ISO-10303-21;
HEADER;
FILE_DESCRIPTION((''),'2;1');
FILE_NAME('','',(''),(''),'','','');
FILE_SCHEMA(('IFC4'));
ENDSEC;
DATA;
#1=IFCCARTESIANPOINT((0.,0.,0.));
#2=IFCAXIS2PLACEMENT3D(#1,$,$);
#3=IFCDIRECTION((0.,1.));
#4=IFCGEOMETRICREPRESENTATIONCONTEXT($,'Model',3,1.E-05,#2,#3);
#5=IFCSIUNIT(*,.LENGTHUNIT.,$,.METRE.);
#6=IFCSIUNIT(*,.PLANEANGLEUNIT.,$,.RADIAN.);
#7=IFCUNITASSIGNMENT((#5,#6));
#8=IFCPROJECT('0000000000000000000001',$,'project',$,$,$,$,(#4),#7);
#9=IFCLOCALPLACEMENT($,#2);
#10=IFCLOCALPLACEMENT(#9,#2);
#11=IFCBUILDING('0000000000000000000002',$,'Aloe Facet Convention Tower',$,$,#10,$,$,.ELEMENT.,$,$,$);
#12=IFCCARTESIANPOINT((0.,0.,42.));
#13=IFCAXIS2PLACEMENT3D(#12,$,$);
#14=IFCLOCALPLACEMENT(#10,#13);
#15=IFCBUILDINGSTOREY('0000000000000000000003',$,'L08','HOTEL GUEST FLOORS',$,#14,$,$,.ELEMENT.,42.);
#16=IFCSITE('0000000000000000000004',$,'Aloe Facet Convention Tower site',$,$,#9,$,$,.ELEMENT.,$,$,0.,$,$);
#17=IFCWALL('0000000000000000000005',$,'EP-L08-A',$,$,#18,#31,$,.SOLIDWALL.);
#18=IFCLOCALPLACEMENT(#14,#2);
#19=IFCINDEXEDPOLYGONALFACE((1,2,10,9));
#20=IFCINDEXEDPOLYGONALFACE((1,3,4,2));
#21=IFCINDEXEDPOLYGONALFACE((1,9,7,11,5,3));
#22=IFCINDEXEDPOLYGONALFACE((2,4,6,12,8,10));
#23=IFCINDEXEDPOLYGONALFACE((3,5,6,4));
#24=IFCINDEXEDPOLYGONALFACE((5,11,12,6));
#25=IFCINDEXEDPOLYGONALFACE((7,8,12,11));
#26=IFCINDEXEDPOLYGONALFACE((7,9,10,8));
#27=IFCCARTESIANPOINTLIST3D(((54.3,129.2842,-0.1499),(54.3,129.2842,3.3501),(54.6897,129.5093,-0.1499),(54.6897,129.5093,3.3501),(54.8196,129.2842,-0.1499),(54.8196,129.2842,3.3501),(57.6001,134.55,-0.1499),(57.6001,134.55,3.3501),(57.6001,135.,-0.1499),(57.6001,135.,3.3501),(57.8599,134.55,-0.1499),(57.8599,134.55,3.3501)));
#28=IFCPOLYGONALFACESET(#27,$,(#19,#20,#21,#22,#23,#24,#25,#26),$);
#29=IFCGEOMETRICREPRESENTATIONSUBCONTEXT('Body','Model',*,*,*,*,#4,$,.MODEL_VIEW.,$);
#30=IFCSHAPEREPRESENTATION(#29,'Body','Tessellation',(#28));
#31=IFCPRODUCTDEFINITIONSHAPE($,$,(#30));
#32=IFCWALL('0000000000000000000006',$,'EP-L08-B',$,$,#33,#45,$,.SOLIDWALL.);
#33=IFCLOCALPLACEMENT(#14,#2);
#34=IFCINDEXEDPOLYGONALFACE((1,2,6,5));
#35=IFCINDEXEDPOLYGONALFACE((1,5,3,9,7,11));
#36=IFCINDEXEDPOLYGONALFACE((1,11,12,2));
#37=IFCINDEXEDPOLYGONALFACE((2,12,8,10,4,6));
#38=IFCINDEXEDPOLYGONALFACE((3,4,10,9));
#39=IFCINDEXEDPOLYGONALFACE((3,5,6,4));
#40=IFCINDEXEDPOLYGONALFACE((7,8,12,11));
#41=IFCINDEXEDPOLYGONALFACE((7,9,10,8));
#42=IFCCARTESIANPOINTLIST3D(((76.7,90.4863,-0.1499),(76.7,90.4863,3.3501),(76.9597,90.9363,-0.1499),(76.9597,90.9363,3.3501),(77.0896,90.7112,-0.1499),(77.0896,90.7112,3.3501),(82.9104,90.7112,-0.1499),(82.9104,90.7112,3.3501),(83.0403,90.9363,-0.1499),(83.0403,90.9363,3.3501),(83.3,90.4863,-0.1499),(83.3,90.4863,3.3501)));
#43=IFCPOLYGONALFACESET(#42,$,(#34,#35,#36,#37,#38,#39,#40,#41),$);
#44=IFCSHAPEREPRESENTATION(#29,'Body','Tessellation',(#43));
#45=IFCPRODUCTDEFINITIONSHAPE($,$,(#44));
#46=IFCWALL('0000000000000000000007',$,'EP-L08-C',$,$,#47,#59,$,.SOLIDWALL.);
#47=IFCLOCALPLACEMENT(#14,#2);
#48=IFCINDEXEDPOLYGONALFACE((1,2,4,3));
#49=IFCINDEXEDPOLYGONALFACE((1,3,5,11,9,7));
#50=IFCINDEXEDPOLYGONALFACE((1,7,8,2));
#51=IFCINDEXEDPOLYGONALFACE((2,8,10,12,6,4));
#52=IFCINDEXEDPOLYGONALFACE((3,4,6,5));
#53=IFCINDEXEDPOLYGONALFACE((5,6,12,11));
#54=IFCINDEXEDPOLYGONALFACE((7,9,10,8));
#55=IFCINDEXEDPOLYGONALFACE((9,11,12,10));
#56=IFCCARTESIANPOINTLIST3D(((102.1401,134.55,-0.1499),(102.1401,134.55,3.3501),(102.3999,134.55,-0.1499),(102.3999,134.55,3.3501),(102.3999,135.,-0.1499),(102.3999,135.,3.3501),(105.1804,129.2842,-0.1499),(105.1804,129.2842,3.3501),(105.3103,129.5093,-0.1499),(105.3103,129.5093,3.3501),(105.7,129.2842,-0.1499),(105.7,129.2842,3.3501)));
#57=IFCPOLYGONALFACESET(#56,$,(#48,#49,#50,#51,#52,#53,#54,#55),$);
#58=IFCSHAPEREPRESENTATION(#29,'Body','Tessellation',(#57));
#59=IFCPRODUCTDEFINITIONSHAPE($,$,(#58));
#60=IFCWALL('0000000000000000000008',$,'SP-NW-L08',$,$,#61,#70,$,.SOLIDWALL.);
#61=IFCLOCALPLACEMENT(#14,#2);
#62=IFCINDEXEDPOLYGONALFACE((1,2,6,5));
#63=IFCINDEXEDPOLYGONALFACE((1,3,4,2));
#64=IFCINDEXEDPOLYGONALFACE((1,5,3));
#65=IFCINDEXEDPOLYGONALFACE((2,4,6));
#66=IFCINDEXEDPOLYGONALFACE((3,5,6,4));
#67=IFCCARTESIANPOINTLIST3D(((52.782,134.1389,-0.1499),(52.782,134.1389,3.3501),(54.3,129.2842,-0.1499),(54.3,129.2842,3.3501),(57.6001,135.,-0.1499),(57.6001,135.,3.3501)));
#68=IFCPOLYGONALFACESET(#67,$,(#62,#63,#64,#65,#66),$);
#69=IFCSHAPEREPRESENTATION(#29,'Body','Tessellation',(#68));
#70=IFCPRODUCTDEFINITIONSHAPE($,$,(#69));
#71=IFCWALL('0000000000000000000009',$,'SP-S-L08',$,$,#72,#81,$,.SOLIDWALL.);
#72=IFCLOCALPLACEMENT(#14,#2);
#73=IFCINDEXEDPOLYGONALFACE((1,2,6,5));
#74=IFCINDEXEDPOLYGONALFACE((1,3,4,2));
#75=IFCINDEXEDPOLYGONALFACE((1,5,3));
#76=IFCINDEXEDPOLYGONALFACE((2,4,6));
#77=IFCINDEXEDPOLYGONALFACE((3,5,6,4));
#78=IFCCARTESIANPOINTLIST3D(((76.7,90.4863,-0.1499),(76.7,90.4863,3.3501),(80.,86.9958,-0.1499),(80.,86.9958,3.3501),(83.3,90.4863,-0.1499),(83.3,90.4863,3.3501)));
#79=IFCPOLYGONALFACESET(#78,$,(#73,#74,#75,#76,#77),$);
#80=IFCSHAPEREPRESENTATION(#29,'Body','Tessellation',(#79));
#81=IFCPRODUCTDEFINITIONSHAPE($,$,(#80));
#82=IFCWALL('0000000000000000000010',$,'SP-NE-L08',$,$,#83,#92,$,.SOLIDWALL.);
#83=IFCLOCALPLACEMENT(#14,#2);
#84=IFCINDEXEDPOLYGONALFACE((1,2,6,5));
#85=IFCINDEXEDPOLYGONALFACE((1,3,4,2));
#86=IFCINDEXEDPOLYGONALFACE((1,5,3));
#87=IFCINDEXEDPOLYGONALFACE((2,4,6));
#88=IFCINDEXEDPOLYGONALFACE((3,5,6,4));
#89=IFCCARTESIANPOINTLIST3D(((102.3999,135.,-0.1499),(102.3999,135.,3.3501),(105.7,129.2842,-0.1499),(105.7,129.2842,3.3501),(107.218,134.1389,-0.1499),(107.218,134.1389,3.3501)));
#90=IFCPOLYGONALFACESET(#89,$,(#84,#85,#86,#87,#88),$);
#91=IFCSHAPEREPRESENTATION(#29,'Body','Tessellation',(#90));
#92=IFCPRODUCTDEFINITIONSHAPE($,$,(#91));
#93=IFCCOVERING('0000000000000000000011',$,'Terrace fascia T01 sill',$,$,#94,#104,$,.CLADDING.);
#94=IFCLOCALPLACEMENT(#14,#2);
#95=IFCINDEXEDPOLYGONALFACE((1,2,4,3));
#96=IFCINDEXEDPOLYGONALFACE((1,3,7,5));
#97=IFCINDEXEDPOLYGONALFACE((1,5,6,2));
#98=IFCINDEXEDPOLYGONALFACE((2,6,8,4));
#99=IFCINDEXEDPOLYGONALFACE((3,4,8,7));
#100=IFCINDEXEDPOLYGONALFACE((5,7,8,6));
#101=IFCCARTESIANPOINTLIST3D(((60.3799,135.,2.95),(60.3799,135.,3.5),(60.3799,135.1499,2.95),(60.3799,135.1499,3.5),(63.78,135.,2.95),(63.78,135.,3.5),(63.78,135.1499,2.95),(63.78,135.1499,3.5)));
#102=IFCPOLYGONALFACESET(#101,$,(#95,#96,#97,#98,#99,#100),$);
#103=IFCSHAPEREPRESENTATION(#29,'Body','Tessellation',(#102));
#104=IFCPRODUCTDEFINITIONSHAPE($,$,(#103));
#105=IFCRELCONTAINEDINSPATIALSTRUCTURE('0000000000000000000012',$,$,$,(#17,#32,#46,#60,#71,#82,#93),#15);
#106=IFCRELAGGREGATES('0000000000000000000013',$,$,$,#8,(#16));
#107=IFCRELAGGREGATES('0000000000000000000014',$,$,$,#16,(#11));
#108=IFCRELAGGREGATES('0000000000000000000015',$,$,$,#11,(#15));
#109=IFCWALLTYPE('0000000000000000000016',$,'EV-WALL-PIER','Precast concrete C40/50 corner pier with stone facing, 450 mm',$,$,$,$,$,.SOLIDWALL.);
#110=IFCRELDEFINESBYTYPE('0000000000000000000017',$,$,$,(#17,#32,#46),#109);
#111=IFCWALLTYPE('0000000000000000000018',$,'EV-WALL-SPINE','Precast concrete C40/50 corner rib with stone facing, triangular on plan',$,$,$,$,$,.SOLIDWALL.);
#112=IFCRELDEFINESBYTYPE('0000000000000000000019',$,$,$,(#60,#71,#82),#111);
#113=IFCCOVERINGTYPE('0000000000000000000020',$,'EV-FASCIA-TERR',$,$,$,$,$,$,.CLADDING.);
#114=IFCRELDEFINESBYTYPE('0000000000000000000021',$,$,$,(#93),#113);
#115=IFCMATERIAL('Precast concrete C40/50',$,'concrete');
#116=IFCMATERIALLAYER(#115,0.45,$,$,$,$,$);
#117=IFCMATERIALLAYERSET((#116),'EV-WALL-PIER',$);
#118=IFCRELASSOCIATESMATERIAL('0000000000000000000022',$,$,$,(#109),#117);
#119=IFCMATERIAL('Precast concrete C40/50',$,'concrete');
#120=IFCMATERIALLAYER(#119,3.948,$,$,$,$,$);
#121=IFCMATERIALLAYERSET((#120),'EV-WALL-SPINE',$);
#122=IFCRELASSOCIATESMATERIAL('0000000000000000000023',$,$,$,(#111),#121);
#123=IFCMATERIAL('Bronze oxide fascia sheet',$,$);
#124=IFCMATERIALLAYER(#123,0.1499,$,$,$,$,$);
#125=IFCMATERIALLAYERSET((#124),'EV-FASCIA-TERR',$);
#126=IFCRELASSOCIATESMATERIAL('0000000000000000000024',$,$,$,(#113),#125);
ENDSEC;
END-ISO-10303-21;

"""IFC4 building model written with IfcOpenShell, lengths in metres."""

from ifc_helpers import new_model, si_unit, direction, frame, origin, place, context, subcontext, project, spatial, polyline, outline, extrude, material, layer, layer_set, type_object, element, save


model = new_model("IFC4")

# Units and contexts
model_context = context("Model", 3, precision=1e-05, world=origin(), true_north=direction((0.0, 1.0)))
body_context = subcontext(model_context, "Body", "Model", "MODEL_VIEW")
ifc_project = project(units=[si_unit("LENGTHUNIT", "METRE"), si_unit("PLANEANGLEUNIT", "RADIAN")], contexts=[model_context])

# Site, building, storey
site_placement = place(None, origin())
site = spatial("IfcSite", under=ifc_project, at=site_placement, Name="Aloe Facet Convention Tower site", CompositionType="ELEMENT", RefElevation=0.0)
building_placement = place(site_placement, origin())
building = spatial("IfcBuilding", under=site, at=building_placement, Name="Aloe Facet Convention Tower", CompositionType="ELEMENT")
storey_placement = place(building_placement, frame((0.0, 0.0, 42.0)))
storey = spatial("IfcBuildingStorey", under=building, at=storey_placement, Name="L08", Description="HOTEL GUEST FLOORS", CompositionType="ELEMENT", Elevation=42.0)

# Walls
ifc_material_1 = material(Name="Precast concrete C40/50", Category="concrete")
ifc_layer_1 = layer(ifc_material_1, 0.45)
ifc_layer_set_1 = layer_set([ifc_layer_1], Name="EV-WALL-PIER")
wall_type_1 = type_object("IfcWallType", Name="EV-WALL-PIER", Description="Precast concrete C40/50 corner pier with stone facing, 450 mm", PredefinedType="SOLIDWALL", material=ifc_layer_set_1)
wall_1_placement = place(storey_placement, frame((0.0, 0.0, -0.1499)))
element("IfcWall", 1, at=wall_1_placement, inside=storey, type_object=wall_type_1, Name="EP-L08-A", PredefinedType="SOLIDWALL", context=body_context, shape_type="SweptSolid", body=[
    extrude(outline(polyline([(57.6001, 135.0), (57.6001, 134.55), (57.8599, 134.55), (54.8196, 129.2842), (54.6897, 129.5093), (54.3, 129.2842), (57.6001, 135.0)])), origin(), (0.0, 0.0, 1.0), 3.5),
])
wall_2_placement = place(storey_placement, frame((0.0, 0.0, -0.1499)))
element("IfcWall", 2, at=wall_2_placement, inside=storey, type_object=wall_type_1, Name="EP-L08-B", PredefinedType="SOLIDWALL", context=body_context, shape_type="SweptSolid", body=[
    extrude(outline(polyline([(76.7, 90.4863), (77.0896, 90.7112), (76.9597, 90.9363), (83.0403, 90.9363), (82.9104, 90.7112), (83.3, 90.4863), (76.7, 90.4863)])), origin(), (0.0, 0.0, 1.0), 3.5),
])
wall_3_placement = place(storey_placement, frame((0.0, 0.0, -0.1499)))
element("IfcWall", 3, at=wall_3_placement, inside=storey, type_object=wall_type_1, Name="EP-L08-C", PredefinedType="SOLIDWALL", context=body_context, shape_type="SweptSolid", body=[
    extrude(outline(polyline([(105.7, 129.2842), (105.3103, 129.5093), (105.1804, 129.2842), (102.1401, 134.55), (102.3999, 134.55), (102.3999, 135.0), (105.7, 129.2842)])), origin(), (0.0, 0.0, 1.0), 3.5),
])
ifc_material_2 = material(Name="Precast concrete C40/50", Category="concrete")
ifc_layer_2 = layer(ifc_material_2, 3.948)
ifc_layer_set_2 = layer_set([ifc_layer_2], Name="EV-WALL-SPINE")
wall_type_2 = type_object("IfcWallType", Name="EV-WALL-SPINE", Description="Precast concrete C40/50 corner rib with stone facing, triangular on plan", PredefinedType="SOLIDWALL", material=ifc_layer_set_2)
wall_4_placement = place(storey_placement, frame((0.0, 0.0, -0.1499)))
element("IfcWall", 4, at=wall_4_placement, inside=storey, type_object=wall_type_2, Name="SP-NW-L08", PredefinedType="SOLIDWALL", context=body_context, shape_type="SweptSolid", body=[
    extrude(outline(polyline([(57.6001, 135.0), (52.782, 134.1389), (54.3, 129.2842), (57.6001, 135.0)])), origin(), (0.0, 0.0, 1.0), 3.5),
])
wall_5_placement = place(storey_placement, frame((0.0, 0.0, -0.1499)))
element("IfcWall", 5, at=wall_5_placement, inside=storey, type_object=wall_type_2, Name="SP-S-L08", PredefinedType="SOLIDWALL", context=body_context, shape_type="SweptSolid", body=[
    extrude(outline(polyline([(76.7, 90.4863), (80.0, 86.9958), (83.3, 90.4863), (76.7, 90.4863)])), origin(), (0.0, 0.0, 1.0), 3.5),
])
wall_6_placement = place(storey_placement, frame((0.0, 0.0, -0.1499)))
element("IfcWall", 6, at=wall_6_placement, inside=storey, type_object=wall_type_2, Name="SP-NE-L08", PredefinedType="SOLIDWALL", context=body_context, shape_type="SweptSolid", body=[
    extrude(outline(polyline([(105.7, 129.2842), (107.218, 134.1389), (102.3999, 135.0), (105.7, 129.2842)])), origin(), (0.0, 0.0, 1.0), 3.5),
])

# Covering
ifc_material_3 = material(Name="Bronze oxide fascia sheet")
ifc_layer_3 = layer(ifc_material_3, 0.1499)
ifc_layer_set_3 = layer_set([ifc_layer_3], Name="EV-FASCIA-TERR")
covering_type = type_object("IfcCoveringType", Name="EV-FASCIA-TERR", PredefinedType="CLADDING", material=ifc_layer_set_3)
covering_placement = place(storey_placement, frame((0.0, 0.0, 2.95)))
element("IfcCovering", 7, at=covering_placement, inside=storey, type_object=covering_type, Name="Terrace fascia T01 sill", PredefinedType="CLADDING", context=body_context, shape_type="SweptSolid", body=[
    extrude(outline(polyline([(63.78, 135.1499), (60.3799, 135.1499), (60.3799, 135.0), (63.78, 135.0), (63.78, 135.1499)])), origin(), (0.0, 0.0, 1.0), 0.55),
])

save(model, "model.ifc")
